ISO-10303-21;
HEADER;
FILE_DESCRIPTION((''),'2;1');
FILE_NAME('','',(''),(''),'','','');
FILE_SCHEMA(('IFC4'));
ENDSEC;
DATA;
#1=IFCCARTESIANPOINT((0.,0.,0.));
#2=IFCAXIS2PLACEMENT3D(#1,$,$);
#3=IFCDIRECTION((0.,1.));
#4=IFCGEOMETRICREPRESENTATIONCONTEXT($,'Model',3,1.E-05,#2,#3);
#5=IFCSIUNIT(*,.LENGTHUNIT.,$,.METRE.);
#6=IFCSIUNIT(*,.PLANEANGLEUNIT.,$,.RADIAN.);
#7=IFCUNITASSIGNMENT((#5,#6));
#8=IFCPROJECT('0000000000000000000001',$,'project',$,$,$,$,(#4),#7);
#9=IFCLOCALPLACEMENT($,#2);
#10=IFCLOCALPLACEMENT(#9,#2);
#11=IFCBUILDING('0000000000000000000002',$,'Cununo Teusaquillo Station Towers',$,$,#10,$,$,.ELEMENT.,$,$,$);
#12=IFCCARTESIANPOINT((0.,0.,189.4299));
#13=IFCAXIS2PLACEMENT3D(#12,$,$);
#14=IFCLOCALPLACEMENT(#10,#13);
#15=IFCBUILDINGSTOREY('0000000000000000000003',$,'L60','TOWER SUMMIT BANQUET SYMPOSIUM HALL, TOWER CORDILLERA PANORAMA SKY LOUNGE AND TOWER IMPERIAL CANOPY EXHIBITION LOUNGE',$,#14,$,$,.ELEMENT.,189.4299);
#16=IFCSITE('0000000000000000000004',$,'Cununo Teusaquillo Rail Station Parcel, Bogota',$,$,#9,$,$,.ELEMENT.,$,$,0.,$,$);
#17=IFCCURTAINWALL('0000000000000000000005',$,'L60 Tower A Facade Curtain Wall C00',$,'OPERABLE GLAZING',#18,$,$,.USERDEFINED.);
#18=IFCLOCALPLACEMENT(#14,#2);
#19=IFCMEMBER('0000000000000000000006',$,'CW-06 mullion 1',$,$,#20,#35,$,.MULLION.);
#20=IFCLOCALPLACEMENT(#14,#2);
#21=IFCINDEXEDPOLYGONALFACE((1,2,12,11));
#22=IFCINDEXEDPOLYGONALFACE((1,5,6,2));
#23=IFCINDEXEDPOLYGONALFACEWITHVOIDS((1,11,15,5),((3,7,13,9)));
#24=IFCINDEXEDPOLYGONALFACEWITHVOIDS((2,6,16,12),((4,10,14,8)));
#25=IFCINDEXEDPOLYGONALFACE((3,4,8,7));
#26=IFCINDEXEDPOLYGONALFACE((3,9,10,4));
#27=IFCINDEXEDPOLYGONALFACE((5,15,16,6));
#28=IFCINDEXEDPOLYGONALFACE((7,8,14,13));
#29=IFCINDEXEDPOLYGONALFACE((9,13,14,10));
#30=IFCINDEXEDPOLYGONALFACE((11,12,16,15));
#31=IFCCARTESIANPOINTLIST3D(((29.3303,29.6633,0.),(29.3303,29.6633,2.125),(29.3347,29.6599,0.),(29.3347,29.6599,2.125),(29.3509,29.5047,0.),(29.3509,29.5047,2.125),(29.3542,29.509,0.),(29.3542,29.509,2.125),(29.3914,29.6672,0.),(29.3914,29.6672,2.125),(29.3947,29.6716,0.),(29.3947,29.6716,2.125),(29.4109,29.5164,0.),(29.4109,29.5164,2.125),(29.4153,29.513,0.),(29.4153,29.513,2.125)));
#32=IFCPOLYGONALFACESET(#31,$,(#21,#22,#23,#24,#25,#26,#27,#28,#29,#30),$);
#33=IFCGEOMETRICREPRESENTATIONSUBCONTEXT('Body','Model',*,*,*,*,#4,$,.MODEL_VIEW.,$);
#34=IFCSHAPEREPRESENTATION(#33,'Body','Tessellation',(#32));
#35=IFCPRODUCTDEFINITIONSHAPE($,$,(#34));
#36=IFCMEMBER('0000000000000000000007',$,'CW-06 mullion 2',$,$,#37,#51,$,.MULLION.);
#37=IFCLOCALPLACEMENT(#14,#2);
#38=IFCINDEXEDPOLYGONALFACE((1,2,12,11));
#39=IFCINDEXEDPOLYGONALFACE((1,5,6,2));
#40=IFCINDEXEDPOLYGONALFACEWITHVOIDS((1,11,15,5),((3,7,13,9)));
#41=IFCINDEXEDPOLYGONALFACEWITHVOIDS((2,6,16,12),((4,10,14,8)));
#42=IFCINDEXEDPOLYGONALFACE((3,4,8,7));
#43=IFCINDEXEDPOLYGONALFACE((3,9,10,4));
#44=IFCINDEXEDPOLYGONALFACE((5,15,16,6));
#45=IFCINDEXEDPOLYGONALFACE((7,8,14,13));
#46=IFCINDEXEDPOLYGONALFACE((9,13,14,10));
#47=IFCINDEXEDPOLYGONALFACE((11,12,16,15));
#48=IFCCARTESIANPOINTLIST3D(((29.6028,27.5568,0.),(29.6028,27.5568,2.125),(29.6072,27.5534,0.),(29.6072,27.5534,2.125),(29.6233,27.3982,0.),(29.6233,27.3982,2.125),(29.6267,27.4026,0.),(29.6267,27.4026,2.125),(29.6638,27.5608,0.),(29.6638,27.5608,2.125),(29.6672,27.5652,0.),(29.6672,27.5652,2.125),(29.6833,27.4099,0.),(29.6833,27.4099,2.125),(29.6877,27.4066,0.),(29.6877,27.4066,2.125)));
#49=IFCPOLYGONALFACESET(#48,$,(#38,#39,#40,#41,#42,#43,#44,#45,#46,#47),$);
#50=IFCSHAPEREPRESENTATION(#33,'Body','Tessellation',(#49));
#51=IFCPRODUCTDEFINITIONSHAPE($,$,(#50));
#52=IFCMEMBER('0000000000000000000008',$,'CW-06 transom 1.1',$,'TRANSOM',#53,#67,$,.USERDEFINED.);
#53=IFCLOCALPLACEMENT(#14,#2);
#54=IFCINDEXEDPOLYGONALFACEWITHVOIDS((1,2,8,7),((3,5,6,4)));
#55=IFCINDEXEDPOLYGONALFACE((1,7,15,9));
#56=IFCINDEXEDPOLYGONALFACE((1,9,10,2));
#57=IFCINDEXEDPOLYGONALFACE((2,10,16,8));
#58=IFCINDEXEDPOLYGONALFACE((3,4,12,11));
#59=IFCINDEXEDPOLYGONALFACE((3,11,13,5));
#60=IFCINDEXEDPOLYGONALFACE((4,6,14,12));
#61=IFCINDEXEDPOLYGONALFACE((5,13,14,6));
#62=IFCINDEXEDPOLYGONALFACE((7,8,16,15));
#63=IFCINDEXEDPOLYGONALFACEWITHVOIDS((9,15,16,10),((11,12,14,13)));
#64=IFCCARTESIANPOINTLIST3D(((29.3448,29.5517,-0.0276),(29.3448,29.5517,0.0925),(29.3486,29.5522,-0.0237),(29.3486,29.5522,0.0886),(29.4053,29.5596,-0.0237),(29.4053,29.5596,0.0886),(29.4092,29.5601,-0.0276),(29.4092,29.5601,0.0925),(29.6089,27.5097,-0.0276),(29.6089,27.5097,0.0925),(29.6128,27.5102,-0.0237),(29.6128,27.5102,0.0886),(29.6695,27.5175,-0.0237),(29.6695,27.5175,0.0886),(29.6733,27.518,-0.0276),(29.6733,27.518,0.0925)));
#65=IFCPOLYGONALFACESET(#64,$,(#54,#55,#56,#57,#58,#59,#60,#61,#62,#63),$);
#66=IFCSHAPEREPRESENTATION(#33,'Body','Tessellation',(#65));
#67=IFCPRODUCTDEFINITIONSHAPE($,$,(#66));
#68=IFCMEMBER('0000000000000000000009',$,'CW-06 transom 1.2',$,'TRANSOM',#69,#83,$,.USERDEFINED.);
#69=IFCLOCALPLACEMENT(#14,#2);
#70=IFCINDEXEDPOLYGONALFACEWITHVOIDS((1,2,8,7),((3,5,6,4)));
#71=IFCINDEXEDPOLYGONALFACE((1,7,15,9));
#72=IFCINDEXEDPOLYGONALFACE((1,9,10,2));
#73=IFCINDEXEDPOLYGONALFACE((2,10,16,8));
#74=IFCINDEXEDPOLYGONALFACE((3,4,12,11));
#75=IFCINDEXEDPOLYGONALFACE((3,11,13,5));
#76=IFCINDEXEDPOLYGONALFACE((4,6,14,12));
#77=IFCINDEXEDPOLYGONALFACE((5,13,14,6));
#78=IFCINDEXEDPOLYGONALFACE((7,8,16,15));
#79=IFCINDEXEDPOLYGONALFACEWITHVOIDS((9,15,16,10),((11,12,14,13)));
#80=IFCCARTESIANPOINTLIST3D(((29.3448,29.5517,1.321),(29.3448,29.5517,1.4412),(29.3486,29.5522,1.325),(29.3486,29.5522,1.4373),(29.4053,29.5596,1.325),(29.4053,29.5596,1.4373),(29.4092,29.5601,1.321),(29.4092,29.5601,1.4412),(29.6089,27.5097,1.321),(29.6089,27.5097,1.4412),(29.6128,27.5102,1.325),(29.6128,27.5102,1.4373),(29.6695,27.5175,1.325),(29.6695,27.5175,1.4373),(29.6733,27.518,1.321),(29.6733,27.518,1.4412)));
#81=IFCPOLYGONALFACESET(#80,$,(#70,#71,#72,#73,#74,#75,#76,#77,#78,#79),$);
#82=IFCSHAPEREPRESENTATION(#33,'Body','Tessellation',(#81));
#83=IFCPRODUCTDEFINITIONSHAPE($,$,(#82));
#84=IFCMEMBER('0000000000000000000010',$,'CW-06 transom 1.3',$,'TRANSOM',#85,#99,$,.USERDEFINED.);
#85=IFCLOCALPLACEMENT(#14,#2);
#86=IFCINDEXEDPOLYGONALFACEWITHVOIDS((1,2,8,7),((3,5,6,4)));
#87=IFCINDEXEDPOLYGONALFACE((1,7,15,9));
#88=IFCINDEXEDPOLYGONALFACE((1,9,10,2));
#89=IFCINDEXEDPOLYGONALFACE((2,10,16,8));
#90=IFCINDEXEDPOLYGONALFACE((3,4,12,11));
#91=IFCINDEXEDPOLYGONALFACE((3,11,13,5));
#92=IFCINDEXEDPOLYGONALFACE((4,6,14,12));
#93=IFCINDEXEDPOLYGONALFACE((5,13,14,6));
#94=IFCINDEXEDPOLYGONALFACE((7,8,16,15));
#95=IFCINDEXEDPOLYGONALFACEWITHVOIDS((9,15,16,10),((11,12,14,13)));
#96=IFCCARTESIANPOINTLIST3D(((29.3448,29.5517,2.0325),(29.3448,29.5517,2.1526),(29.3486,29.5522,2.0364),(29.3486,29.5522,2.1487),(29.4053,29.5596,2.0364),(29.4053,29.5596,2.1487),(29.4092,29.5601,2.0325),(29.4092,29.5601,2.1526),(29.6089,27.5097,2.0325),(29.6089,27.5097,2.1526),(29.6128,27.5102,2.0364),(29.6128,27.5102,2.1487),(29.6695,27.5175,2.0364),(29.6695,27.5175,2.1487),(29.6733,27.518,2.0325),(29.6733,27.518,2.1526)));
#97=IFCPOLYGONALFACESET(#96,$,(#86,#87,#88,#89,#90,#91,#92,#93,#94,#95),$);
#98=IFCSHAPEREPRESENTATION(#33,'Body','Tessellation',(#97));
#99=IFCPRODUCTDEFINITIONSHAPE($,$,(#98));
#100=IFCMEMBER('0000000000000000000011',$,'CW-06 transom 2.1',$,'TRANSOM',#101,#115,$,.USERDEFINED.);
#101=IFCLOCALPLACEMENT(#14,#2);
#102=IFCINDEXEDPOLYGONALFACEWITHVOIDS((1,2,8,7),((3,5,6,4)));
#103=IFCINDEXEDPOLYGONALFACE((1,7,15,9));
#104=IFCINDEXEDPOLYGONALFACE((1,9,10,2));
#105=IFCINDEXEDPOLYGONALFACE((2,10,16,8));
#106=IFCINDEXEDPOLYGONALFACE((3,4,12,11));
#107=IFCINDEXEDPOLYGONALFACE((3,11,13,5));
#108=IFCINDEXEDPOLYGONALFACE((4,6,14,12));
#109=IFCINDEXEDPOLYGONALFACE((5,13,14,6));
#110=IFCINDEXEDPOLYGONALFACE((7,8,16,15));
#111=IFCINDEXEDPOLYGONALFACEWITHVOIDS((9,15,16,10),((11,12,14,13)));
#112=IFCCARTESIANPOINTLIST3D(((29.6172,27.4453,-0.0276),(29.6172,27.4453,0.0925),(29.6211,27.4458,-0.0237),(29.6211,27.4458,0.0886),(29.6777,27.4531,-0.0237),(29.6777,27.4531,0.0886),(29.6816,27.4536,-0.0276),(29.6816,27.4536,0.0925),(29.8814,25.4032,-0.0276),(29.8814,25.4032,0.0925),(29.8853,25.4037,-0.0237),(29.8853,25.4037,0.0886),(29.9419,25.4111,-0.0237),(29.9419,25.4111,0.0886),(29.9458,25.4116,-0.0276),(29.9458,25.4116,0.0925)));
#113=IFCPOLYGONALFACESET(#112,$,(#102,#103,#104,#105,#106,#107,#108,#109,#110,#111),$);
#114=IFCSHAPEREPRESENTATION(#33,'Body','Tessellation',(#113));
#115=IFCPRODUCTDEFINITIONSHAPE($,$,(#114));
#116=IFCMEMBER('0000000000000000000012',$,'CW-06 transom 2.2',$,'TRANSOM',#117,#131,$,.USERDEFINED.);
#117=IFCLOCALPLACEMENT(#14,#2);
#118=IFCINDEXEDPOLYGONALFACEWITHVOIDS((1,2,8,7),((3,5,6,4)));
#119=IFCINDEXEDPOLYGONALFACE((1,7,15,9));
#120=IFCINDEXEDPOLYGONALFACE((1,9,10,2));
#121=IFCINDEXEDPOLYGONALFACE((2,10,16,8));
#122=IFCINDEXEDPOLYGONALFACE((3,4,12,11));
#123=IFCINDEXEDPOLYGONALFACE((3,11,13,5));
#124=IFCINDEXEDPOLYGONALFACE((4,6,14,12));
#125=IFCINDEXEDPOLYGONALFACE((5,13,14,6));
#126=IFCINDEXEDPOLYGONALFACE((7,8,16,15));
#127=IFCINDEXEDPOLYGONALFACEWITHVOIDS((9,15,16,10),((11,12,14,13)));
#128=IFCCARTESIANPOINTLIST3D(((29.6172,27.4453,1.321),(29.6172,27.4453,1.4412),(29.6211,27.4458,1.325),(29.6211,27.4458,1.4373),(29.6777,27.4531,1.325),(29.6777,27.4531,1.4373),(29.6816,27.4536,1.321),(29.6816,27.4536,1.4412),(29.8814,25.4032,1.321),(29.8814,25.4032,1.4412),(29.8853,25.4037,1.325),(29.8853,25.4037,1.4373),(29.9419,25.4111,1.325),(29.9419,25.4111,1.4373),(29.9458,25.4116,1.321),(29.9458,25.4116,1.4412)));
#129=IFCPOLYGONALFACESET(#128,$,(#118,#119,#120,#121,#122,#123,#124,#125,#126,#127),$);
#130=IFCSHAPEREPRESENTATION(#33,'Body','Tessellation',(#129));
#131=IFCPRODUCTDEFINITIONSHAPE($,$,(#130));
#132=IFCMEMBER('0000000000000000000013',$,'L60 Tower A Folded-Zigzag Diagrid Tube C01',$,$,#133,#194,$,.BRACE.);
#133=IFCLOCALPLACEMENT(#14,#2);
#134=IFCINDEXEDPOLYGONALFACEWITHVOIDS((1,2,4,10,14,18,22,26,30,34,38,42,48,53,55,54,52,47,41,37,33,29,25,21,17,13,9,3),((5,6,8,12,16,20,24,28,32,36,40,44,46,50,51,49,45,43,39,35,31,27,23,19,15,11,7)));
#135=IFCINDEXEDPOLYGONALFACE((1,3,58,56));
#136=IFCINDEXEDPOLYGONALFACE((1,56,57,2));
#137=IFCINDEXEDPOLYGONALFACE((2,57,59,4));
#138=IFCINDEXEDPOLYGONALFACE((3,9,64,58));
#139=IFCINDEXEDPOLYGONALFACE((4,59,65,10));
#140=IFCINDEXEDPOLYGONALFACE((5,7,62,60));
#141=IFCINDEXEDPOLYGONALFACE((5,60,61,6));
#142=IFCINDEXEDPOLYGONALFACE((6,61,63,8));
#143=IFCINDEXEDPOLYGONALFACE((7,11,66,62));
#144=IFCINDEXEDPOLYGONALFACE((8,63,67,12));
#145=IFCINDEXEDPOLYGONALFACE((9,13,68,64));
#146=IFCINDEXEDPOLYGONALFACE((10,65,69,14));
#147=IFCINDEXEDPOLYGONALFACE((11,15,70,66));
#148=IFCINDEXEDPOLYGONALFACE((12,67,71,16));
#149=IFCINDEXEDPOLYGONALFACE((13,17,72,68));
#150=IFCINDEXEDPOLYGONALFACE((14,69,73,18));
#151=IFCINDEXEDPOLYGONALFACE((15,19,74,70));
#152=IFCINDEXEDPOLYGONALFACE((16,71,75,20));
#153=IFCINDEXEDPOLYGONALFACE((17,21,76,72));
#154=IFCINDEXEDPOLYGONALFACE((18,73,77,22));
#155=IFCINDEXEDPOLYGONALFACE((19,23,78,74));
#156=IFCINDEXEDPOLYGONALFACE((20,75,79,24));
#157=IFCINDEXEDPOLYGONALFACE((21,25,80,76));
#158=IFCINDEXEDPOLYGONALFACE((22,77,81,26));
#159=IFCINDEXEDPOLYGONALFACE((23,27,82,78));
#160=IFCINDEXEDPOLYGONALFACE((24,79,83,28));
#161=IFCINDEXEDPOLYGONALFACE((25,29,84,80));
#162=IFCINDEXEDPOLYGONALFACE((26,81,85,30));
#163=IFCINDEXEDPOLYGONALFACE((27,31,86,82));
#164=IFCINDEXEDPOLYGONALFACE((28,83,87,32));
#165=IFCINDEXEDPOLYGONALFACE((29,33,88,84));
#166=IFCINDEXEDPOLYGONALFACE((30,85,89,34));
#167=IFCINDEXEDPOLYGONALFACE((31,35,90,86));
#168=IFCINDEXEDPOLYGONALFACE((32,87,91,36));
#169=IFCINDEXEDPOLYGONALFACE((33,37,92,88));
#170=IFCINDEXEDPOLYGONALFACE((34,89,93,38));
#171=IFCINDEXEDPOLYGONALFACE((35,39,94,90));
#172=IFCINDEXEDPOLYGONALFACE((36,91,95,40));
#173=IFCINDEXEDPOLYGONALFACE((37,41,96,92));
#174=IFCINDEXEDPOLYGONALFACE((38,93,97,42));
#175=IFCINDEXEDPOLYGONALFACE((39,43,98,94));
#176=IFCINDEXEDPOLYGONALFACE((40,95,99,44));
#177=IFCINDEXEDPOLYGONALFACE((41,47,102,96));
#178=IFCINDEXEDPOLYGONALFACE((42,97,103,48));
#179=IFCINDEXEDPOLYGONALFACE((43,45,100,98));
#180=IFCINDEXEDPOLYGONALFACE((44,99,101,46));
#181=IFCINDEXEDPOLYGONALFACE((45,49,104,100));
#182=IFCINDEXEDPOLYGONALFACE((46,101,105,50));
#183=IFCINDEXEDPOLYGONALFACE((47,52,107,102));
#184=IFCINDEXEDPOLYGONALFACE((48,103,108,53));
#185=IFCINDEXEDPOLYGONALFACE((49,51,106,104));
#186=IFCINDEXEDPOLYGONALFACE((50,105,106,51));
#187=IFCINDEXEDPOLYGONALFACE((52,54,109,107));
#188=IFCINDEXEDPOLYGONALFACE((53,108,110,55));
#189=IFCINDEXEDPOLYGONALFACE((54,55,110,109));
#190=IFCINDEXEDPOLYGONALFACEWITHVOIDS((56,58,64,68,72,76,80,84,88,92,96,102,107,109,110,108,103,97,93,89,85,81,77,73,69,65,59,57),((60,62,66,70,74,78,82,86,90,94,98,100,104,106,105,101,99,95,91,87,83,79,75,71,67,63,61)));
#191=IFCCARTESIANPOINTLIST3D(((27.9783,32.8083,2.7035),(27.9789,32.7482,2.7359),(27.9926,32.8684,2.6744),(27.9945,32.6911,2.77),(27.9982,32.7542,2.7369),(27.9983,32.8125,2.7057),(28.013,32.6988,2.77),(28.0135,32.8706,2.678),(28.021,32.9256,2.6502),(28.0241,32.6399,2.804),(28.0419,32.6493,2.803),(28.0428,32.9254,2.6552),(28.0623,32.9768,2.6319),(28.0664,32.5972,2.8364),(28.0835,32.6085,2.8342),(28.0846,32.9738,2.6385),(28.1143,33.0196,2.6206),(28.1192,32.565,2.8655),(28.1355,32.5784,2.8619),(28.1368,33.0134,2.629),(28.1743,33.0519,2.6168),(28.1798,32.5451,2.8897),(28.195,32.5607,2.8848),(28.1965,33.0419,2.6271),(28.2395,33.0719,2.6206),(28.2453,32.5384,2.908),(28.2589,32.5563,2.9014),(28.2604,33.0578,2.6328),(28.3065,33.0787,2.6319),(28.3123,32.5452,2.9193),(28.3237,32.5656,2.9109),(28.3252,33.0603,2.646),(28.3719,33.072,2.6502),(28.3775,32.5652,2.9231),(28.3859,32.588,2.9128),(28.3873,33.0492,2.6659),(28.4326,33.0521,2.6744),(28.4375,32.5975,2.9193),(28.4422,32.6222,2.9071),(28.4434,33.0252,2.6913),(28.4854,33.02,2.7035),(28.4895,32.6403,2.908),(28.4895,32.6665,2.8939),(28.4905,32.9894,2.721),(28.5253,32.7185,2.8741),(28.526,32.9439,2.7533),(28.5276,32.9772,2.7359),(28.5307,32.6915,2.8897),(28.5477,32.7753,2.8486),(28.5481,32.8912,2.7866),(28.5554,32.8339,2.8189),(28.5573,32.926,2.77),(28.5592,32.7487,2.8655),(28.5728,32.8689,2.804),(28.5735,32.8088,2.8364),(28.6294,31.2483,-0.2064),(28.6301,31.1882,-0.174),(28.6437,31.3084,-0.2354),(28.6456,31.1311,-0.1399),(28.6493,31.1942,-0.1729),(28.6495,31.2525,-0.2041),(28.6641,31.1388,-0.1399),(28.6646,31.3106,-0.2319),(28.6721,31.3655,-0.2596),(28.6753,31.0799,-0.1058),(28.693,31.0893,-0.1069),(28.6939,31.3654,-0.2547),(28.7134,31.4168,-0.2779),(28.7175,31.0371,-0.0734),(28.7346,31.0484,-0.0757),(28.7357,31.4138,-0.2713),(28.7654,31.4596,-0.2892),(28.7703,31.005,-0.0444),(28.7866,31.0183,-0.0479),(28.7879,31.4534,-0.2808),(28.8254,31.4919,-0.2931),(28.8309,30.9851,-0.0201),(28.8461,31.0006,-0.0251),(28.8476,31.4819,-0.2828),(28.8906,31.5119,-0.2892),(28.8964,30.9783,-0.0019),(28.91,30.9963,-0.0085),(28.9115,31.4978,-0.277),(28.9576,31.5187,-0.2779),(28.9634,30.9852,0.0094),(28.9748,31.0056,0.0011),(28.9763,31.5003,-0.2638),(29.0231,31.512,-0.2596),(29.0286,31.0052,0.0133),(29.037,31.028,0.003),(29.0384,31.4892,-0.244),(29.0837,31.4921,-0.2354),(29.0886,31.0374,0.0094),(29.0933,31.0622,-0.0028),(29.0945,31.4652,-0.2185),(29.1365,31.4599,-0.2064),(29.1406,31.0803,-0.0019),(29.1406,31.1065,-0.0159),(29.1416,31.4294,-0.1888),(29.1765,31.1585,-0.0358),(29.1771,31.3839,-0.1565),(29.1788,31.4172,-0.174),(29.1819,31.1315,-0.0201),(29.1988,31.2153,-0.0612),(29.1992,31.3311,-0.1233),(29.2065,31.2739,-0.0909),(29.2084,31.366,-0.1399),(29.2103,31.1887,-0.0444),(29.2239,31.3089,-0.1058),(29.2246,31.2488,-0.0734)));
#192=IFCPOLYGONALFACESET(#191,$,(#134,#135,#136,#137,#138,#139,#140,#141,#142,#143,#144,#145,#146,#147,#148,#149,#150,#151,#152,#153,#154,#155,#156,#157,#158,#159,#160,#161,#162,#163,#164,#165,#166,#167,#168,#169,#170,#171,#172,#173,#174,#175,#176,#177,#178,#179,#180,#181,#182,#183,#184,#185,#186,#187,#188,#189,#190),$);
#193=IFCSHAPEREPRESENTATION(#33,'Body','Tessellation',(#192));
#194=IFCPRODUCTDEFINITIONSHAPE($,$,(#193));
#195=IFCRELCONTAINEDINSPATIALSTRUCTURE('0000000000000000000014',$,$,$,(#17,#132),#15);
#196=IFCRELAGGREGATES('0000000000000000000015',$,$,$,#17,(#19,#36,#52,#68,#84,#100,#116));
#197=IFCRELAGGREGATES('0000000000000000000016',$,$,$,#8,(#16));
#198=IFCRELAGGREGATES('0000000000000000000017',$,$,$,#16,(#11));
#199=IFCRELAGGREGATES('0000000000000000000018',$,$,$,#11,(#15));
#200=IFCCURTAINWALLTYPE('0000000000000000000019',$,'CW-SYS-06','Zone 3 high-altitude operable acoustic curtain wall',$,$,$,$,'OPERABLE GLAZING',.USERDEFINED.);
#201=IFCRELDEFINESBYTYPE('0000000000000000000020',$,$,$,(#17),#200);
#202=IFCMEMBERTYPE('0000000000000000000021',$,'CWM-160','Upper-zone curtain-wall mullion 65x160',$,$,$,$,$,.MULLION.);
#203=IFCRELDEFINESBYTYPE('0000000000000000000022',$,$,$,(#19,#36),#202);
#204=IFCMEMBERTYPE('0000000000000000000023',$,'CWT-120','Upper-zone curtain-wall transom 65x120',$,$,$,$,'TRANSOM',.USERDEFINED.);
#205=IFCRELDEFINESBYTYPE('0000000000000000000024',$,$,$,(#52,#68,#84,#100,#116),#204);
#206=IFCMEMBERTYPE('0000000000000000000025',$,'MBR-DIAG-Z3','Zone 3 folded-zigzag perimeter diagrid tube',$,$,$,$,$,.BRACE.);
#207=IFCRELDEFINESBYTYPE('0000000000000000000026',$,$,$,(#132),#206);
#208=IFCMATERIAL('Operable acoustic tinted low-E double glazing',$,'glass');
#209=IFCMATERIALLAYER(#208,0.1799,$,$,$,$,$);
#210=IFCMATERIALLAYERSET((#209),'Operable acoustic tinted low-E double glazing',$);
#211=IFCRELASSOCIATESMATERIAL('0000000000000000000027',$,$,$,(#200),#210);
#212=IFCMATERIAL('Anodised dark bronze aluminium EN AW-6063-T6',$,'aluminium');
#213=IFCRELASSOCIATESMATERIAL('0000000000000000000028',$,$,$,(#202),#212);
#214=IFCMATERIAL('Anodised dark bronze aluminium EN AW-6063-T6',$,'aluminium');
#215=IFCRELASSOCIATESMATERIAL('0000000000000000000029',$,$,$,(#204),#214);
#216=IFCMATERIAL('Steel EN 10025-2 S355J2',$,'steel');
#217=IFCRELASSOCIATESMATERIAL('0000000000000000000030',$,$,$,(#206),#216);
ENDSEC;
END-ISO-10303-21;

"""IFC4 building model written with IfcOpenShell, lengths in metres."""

from ifc_helpers import new_model, si_unit, direction, frame, origin, origin_2d, place, context, subcontext, project, spatial, hollow_rectangle, hollow_circle, extrude, material, layer, layer_set, material_profile, profile_set, type_object, element, aggregate, save


model = new_model("IFC4")

# Units and contexts
model_context = context("Model", 3, precision=1e-05, world=origin(), true_north=direction((0.0, 1.0)))
body_context = subcontext(model_context, "Body", "Model", "MODEL_VIEW")
ifc_project = project(units=[si_unit("LENGTHUNIT", "METRE"), si_unit("PLANEANGLEUNIT", "RADIAN")], contexts=[model_context])

# Site, building, storey
site_placement = place(None, origin())
site = spatial("IfcSite", under=ifc_project, at=site_placement, Name="Cununo Teusaquillo Rail Station Parcel, Bogota", CompositionType="ELEMENT", RefElevation=0.0)
building_placement = place(site_placement, origin())
building = spatial("IfcBuilding", under=site, at=building_placement, Name="Cununo Teusaquillo Station Towers", CompositionType="ELEMENT")
storey_placement = place(building_placement, frame((0.0, 0.0, 189.4299)))
storey = spatial("IfcBuildingStorey", under=building, at=storey_placement, Name="L60", Description="TOWER SUMMIT BANQUET SYMPOSIUM HALL, TOWER CORDILLERA PANORAMA SKY LOUNGE AND TOWER IMPERIAL CANOPY EXHIBITION LOUNGE", CompositionType="ELEMENT", Elevation=189.4299)

# Curtain wall, members
ifc_material_1 = material(Name="Operable acoustic tinted low-E double glazing", Category="glass")
ifc_layer_1 = layer(ifc_material_1, 0.1799)
ifc_layer_set_1 = layer_set([ifc_layer_1], Name="Operable acoustic tinted low-E double glazing")
curtain_wall_type = type_object("IfcCurtainWallType", Name="CW-SYS-06", Description="Zone 3 high-altitude operable acoustic curtain wall", ElementType="OPERABLE GLAZING", PredefinedType="USERDEFINED", material=ifc_layer_set_1)
curtain_wall_placement = place(storey_placement, origin())
curtain_wall = element("IfcCurtainWall", 1, at=curtain_wall_placement, inside=storey, type_object=curtain_wall_type, Name="L60 Tower A Facade Curtain Wall C00", ObjectType="OPERABLE GLAZING", PredefinedType="USERDEFINED")
ifc_material_2 = material(Name="Anodised dark bronze aluminium EN AW-6063-T6", Category="aluminium")
ifc_material_profile_1 = material_profile(ifc_material_2, hollow_rectangle(XDim=0.0649, YDim=0.1599, WallThickness=0.0039, at=origin_2d()), Name="CW-MULL-65x160")
ifc_profile_set_1 = profile_set([ifc_material_profile_1], Name="Anodised dark bronze aluminium EN AW-6063-T6")
member_type_1 = type_object("IfcMemberType", Name="CWM-160", Description="Upper-zone curtain-wall mullion 65x160", PredefinedType="MULLION", material=ifc_profile_set_1)
member_1_placement = place(storey_placement, frame((29.3728, 29.5881, 0.0), z_axis=(0.0, 0.0, 1.0), x_axis=(0.991737, 0.128285, 0.0)))
member_1 = element("IfcMember", 2, at=member_1_placement, type_object=member_type_1, Name="CW-06 mullion 1", PredefinedType="MULLION", context=body_context, shape_type="SweptSolid", body=[
    extrude(hollow_rectangle(XDim=0.0649, YDim=0.1599, WallThickness=0.0039, at=origin_2d()), origin(), (0.0, 0.0, 1.0), 2.125),
])
member_2_placement = place(storey_placement, frame((29.6453, 27.4817, 0.0), z_axis=(0.0, 0.0, 1.0), x_axis=(0.991737, 0.128285, 0.0)))
member_2 = element("IfcMember", 3, at=member_2_placement, type_object=member_type_1, Name="CW-06 mullion 2", PredefinedType="MULLION", context=body_context, shape_type="SweptSolid", body=[
    extrude(hollow_rectangle(XDim=0.0649, YDim=0.1599, WallThickness=0.0039, at=origin_2d()), origin(), (0.0, 0.0, 1.0), 2.125),
])
ifc_material_3 = material(Name="Anodised dark bronze aluminium EN AW-6063-T6", Category="aluminium")
ifc_material_profile_2 = material_profile(ifc_material_3, hollow_rectangle(XDim=0.0649, YDim=0.1201, WallThickness=0.0039, at=origin_2d()), Name="CW-TRAN-65x120")
ifc_profile_set_2 = profile_set([ifc_material_profile_2], Name="Anodised dark bronze aluminium EN AW-6063-T6")
member_type_2 = type_object("IfcMemberType", Name="CWT-120", Description="Upper-zone curtain-wall transom 65x120", ElementType="TRANSOM", PredefinedType="USERDEFINED", material=ifc_profile_set_2)
member_3_placement = place(storey_placement, frame((29.377, 29.5559, 0.0325), z_axis=(0.128295, -0.991736, 0.0), x_axis=(0.991736, 0.128295, 0.0)))
member_3 = element("IfcMember", 4, at=member_3_placement, type_object=member_type_2, Name="CW-06 transom 1.1", ObjectType="TRANSOM", PredefinedType="USERDEFINED", context=body_context, shape_type="SweptSolid", body=[
    extrude(hollow_rectangle(XDim=0.0649, YDim=0.1201, WallThickness=0.0039, at=origin_2d()), origin(), (0.0, 0.0, 1.0), 2.0591),
])
member_4_placement = place(storey_placement, frame((29.377, 29.5559, 1.3811), z_axis=(0.128295, -0.991736, 0.0), x_axis=(0.991736, 0.128295, 0.0)))
member_4 = element("IfcMember", 5, at=member_4_placement, type_object=member_type_2, Name="CW-06 transom 1.2", ObjectType="TRANSOM", PredefinedType="USERDEFINED", context=body_context, shape_type="SweptSolid", body=[
    extrude(hollow_rectangle(XDim=0.0649, YDim=0.1201, WallThickness=0.0039, at=origin_2d()), origin(), (0.0, 0.0, 1.0), 2.0591),
])
member_5_placement = place(storey_placement, frame((29.377, 29.5559, 2.0925), z_axis=(0.128295, -0.991736, 0.0), x_axis=(0.991736, 0.128295, 0.0)))
member_5 = element("IfcMember", 6, at=member_5_placement, type_object=member_type_2, Name="CW-06 transom 1.3", ObjectType="TRANSOM", PredefinedType="USERDEFINED", context=body_context, shape_type="SweptSolid", body=[
    extrude(hollow_rectangle(XDim=0.0649, YDim=0.1201, WallThickness=0.0039, at=origin_2d()), origin(), (0.0, 0.0, 1.0), 2.0591),
])
member_6_placement = place(storey_placement, frame((29.6494, 27.4495, 0.0325), z_axis=(0.128295, -0.991736, 0.0), x_axis=(0.991736, 0.128295, 0.0)))
member_6 = element("IfcMember", 7, at=member_6_placement, type_object=member_type_2, Name="CW-06 transom 2.1", ObjectType="TRANSOM", PredefinedType="USERDEFINED", context=body_context, shape_type="SweptSolid", body=[
    extrude(hollow_rectangle(XDim=0.0649, YDim=0.1201, WallThickness=0.0039, at=origin_2d()), origin(), (0.0, 0.0, 1.0), 2.0591),
])
member_7_placement = place(storey_placement, frame((29.6494, 27.4495, 1.3811), z_axis=(0.128295, -0.991736, 0.0), x_axis=(0.991736, 0.128295, 0.0)))
member_7 = element("IfcMember", 8, at=member_7_placement, type_object=member_type_2, Name="CW-06 transom 2.2", ObjectType="TRANSOM", PredefinedType="USERDEFINED", context=body_context, shape_type="SweptSolid", body=[
    extrude(hollow_rectangle(XDim=0.0649, YDim=0.1201, WallThickness=0.0039, at=origin_2d()), origin(), (0.0, 0.0, 1.0), 2.0591),
])

# Member
ifc_material_4 = material(Name="Steel EN 10025-2 S355J2", Category="steel")
ifc_material_profile_3 = material_profile(ifc_material_4, hollow_circle(Radius=0.3049, WallThickness=0.02, at=origin_2d()), Name="CHS 610x20")
ifc_profile_set_3 = profile_set([ifc_material_profile_3], Name="Steel EN 10025-2 S355J2")
member_type_3 = type_object("IfcMemberType", Name="MBR-DIAG-Z3", Description="Zone 3 folded-zigzag perimeter diagrid tube", PredefinedType="BRACE", material=ifc_profile_set_3)
member_8_placement = place(storey_placement, frame((28.927, 31.2485, -0.1399), z_axis=(-0.193481, 0.46357, 0.864678), x_axis=(-0.922846, -0.385169, 0.0)))
element("IfcMember", 9, at=member_8_placement, inside=storey, type_object=member_type_3, Name="L60 Tower A Folded-Zigzag Diagrid Tube C01", PredefinedType="BRACE", context=body_context, shape_type="SweptSolid", body=[
    extrude(hollow_circle(Radius=0.3049, WallThickness=0.02, at=origin_2d()), origin(), (0.0, 0.0, 1.0), 3.3652),
])

aggregate(curtain_wall, [member_1, member_2, member_3, member_4, member_5, member_6, member_7])

save(model, "model.ifc")
